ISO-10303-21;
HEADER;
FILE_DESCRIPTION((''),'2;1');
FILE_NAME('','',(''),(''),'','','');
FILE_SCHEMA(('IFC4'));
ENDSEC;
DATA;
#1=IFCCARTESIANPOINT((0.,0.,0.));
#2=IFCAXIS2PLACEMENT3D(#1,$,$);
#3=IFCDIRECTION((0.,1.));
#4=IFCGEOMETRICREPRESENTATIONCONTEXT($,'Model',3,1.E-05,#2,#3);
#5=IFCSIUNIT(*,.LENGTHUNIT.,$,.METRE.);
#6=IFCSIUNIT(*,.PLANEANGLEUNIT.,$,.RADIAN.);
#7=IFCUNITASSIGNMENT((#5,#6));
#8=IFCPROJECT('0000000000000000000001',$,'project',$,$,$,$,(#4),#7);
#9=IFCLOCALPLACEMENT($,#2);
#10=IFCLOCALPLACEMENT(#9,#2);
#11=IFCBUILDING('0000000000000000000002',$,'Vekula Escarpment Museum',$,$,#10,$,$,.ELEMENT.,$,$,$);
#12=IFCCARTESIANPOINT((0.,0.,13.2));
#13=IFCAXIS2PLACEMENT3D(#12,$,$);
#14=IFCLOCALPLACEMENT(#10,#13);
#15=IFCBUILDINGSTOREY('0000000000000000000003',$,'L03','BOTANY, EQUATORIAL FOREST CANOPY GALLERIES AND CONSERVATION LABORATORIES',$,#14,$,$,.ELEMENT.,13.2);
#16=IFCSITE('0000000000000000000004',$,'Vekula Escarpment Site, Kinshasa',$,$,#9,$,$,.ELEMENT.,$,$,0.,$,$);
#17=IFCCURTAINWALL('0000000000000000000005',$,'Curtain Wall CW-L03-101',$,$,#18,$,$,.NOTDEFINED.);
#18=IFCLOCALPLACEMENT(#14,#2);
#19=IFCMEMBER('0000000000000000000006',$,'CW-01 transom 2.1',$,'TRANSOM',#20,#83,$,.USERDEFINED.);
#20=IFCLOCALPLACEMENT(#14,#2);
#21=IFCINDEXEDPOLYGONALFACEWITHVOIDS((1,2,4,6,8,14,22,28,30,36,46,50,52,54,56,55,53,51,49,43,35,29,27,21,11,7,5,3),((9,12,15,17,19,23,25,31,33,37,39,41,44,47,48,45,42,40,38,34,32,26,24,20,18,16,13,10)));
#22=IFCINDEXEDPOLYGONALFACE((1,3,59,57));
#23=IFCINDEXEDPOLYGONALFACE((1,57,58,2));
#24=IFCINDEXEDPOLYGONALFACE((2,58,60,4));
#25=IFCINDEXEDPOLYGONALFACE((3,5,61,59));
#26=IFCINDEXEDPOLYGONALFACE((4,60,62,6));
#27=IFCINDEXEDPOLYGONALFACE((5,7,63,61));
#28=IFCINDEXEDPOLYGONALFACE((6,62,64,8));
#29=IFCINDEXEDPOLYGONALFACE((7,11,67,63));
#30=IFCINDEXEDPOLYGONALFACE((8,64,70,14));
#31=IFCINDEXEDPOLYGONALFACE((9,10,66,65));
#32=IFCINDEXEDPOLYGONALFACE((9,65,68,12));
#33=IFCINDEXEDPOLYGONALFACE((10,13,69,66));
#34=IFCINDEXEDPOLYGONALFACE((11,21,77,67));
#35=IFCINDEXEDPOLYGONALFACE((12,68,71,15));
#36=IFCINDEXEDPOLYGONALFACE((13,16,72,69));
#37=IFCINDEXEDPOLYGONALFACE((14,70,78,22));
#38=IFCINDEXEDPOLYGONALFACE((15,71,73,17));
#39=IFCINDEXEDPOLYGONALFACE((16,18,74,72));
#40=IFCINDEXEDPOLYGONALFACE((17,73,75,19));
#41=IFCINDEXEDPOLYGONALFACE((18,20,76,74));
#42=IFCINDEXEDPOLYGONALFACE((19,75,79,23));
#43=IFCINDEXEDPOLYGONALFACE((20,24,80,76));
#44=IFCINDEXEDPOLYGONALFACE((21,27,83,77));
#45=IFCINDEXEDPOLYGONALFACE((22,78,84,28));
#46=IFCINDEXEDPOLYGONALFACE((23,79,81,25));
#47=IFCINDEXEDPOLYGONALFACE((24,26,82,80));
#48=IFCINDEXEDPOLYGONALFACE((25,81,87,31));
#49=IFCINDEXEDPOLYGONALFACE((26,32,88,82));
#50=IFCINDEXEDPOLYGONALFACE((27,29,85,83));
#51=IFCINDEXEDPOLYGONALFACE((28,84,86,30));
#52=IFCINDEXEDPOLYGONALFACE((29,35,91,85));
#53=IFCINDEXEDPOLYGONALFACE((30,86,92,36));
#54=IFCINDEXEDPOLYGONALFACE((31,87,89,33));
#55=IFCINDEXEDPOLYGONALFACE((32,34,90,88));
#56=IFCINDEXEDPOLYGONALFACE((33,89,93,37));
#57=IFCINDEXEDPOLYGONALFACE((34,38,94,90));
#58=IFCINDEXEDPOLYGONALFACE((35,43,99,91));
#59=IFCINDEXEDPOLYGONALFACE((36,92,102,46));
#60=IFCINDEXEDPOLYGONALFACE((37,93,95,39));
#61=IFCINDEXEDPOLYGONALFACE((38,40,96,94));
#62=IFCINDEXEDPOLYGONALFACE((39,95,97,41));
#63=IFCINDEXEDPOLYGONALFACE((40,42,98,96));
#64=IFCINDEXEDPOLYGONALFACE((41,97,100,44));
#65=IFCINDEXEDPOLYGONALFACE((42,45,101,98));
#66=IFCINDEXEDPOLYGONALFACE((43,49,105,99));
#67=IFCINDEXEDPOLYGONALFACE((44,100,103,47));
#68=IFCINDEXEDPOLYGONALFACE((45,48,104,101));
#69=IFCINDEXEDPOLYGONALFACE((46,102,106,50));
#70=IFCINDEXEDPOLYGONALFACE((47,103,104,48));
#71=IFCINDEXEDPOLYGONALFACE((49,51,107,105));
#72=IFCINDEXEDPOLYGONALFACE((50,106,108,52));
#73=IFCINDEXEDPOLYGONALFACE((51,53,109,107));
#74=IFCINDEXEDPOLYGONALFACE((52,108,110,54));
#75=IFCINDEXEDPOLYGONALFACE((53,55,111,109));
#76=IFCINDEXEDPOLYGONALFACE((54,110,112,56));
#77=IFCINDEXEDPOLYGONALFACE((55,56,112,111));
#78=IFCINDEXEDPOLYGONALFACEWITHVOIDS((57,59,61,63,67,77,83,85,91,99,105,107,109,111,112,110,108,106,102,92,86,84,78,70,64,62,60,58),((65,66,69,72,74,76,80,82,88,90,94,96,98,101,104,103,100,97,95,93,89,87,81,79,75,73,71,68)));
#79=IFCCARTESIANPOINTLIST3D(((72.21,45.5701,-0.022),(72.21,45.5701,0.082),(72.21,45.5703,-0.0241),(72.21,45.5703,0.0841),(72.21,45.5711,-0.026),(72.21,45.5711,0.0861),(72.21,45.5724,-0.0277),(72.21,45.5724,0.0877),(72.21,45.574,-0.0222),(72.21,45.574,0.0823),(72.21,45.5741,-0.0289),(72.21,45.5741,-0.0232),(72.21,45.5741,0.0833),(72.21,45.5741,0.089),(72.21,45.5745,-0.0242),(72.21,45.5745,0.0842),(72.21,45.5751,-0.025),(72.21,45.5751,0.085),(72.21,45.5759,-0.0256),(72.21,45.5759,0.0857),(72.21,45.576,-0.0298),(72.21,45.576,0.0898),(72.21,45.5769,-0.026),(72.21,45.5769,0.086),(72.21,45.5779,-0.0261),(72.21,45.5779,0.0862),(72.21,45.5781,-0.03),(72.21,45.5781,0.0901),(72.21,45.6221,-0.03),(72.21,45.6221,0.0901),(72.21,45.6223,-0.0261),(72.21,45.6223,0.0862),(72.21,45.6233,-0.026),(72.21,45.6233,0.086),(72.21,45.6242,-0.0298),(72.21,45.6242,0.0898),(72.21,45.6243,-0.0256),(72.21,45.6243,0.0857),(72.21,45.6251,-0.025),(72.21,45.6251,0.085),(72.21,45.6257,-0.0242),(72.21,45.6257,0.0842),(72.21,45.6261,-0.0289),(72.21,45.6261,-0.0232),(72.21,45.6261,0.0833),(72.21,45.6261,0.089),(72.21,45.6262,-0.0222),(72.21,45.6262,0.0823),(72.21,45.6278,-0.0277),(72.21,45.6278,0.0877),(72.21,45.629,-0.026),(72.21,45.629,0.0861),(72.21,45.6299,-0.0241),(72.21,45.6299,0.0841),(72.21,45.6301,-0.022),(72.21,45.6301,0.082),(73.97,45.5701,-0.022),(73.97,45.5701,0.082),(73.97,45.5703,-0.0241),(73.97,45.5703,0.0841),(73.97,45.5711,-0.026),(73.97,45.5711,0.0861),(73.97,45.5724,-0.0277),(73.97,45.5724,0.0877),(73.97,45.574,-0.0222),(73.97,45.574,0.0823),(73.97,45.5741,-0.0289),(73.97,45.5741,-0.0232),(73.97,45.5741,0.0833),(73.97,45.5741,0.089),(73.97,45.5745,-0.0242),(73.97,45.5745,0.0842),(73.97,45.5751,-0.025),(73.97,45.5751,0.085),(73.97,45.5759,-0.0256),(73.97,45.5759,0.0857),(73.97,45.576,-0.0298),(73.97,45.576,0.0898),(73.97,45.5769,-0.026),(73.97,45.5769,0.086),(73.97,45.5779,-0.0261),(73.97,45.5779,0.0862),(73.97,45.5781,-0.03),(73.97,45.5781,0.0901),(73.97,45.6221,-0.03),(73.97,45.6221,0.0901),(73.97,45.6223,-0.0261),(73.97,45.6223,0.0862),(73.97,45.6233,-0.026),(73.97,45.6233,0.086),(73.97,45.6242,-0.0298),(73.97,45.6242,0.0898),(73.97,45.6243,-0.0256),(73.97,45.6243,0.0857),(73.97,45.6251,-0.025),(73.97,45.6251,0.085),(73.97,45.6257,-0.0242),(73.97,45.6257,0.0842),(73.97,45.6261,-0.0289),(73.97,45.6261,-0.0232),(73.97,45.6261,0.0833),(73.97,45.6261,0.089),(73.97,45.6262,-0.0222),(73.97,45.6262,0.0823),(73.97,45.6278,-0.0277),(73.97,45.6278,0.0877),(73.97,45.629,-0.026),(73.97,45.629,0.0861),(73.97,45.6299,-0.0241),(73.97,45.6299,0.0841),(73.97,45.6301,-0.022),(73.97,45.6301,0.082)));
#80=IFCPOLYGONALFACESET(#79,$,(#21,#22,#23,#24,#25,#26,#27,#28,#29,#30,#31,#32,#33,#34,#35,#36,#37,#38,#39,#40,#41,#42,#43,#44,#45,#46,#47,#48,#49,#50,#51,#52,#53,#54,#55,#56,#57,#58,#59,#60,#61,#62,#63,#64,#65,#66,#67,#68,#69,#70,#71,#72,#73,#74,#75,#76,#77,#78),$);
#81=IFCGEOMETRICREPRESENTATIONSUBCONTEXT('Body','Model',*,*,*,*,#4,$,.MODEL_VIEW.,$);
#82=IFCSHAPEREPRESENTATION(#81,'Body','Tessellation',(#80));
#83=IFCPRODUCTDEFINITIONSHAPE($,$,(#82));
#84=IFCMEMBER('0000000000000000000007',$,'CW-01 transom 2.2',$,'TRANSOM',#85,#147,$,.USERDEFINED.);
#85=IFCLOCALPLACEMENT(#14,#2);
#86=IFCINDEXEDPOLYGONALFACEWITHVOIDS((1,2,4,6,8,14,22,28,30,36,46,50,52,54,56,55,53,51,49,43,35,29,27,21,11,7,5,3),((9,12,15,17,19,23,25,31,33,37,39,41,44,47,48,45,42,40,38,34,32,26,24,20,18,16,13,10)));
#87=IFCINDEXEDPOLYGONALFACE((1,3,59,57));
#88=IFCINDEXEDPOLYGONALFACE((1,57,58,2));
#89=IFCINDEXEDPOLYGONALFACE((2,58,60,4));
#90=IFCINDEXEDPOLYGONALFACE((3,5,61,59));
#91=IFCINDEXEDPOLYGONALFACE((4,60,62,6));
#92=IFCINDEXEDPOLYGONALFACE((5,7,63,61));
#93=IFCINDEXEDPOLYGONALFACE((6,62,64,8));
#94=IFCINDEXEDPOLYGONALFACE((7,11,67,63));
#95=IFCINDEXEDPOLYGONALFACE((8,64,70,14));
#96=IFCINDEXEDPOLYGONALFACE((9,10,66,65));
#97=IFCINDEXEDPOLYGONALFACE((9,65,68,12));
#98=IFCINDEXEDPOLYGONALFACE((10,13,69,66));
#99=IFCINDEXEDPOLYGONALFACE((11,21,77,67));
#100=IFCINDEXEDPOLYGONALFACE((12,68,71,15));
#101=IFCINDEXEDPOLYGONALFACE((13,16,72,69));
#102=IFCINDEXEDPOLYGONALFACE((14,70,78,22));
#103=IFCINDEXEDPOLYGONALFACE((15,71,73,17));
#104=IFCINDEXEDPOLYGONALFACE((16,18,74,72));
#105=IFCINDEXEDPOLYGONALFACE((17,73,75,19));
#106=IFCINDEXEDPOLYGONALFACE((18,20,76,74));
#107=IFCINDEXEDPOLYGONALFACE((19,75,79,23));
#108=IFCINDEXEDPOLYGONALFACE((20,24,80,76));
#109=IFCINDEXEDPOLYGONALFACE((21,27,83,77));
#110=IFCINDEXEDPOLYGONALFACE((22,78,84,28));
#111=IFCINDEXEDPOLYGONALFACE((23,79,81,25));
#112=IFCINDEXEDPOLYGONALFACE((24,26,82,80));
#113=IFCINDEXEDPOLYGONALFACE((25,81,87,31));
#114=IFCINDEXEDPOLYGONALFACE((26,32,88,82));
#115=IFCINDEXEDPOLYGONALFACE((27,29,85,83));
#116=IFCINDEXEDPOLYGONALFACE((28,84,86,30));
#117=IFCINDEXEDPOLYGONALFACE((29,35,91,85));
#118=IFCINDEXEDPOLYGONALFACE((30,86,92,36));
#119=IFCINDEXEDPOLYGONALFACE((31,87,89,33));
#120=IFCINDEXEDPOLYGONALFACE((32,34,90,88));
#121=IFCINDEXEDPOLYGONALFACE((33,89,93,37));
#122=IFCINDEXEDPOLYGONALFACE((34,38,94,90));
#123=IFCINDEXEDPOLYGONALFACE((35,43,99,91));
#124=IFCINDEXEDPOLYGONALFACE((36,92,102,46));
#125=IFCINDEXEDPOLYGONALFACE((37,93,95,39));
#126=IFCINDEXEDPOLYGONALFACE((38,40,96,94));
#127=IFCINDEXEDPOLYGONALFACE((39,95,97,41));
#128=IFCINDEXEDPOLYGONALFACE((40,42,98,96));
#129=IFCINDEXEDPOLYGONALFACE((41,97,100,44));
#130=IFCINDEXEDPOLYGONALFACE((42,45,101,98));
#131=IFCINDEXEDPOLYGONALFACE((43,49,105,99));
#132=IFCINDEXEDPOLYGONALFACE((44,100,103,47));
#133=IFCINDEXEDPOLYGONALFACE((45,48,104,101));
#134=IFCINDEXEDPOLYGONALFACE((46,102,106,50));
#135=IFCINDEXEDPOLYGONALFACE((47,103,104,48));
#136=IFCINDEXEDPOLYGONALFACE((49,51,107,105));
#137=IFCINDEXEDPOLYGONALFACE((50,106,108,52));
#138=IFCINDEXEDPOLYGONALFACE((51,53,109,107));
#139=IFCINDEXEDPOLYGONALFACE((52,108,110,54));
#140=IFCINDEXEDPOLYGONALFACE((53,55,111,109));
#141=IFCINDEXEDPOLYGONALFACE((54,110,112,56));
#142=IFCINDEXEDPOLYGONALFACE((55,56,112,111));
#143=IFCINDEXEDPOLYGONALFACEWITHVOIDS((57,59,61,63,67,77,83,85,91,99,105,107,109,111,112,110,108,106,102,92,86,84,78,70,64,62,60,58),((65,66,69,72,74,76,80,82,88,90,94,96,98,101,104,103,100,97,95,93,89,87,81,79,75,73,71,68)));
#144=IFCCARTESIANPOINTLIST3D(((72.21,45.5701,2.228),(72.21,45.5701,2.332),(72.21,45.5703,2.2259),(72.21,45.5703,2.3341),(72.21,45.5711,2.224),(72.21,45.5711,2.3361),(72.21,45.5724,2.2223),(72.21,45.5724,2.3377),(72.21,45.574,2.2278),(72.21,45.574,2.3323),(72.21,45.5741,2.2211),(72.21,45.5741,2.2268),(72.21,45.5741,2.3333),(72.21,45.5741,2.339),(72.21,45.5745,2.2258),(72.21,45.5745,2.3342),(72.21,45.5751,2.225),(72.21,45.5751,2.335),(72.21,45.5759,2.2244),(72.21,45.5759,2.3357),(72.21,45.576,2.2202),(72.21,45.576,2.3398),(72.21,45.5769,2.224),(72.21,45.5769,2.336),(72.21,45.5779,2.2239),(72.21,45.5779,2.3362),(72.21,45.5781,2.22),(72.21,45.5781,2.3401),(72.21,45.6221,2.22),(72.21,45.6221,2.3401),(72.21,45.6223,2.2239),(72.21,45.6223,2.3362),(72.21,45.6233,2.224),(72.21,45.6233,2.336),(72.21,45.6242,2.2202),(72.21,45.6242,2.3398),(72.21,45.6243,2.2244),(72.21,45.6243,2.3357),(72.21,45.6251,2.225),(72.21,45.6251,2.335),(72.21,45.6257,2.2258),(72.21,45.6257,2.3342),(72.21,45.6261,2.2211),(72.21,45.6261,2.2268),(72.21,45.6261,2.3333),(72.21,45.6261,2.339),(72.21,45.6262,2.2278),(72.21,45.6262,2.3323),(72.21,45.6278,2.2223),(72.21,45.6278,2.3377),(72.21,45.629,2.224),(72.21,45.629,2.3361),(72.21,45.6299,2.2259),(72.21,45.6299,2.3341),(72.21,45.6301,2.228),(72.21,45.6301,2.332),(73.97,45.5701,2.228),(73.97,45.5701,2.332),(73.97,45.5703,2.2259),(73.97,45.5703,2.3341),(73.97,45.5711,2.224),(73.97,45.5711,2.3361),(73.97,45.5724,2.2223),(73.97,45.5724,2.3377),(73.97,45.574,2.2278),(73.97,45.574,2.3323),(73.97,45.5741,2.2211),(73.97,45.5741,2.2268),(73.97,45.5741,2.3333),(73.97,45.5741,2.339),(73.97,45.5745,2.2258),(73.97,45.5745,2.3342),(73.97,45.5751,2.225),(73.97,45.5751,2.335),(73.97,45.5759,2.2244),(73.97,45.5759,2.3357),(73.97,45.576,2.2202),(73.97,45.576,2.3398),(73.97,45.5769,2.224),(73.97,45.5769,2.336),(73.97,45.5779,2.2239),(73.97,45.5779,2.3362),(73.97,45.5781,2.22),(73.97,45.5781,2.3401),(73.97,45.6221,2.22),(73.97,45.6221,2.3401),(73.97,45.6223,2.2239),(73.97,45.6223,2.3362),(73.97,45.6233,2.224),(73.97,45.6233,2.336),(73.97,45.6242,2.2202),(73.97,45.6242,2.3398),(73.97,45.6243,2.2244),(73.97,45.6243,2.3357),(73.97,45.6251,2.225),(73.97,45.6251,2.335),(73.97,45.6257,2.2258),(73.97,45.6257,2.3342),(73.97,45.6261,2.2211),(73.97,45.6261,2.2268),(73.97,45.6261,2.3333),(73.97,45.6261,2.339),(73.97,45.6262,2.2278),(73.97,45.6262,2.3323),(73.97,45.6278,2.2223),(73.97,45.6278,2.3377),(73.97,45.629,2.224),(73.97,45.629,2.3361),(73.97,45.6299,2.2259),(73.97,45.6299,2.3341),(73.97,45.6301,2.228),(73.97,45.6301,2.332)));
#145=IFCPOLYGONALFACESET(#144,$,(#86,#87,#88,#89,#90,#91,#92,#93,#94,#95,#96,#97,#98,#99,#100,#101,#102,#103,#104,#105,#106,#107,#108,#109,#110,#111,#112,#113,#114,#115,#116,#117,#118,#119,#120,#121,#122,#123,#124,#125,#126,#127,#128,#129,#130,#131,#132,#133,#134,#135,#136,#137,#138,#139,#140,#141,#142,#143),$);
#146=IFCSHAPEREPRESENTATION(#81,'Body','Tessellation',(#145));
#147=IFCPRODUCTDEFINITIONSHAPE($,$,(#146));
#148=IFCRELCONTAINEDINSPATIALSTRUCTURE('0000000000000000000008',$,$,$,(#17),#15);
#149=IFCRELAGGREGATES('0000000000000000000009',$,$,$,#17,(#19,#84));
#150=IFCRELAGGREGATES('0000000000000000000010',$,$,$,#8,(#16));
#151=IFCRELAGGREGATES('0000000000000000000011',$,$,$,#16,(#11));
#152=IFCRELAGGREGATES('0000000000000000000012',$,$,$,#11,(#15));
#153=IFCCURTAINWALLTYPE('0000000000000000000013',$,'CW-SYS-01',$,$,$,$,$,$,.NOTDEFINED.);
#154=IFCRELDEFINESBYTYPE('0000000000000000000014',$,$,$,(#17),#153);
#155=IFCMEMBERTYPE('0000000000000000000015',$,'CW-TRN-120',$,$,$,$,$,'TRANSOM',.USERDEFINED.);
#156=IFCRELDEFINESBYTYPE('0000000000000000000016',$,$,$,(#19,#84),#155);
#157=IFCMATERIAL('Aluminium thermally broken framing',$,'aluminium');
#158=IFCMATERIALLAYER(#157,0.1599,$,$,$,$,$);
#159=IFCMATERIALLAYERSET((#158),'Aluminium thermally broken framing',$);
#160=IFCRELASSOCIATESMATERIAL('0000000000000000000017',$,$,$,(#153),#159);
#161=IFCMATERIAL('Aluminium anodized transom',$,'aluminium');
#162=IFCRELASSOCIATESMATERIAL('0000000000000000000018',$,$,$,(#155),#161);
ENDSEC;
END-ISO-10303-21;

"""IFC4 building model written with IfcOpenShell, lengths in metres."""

from ifc_helpers import new_model, si_unit, direction, frame, origin, origin_2d, place, context, subcontext, project, spatial, hollow_rectangle, extrude, material, layer, layer_set, material_profile, profile_set, type_object, element, aggregate, save


model = new_model("IFC4")

# Units and contexts
model_context = context("Model", 3, precision=1e-05, world=origin(), true_north=direction((0.0, 1.0)))
body_context = subcontext(model_context, "Body", "Model", "MODEL_VIEW")
ifc_project = project(units=[si_unit("LENGTHUNIT", "METRE"), si_unit("PLANEANGLEUNIT", "RADIAN")], contexts=[model_context])

# Site, building, storey
site_placement = place(None, origin())
site = spatial("IfcSite", under=ifc_project, at=site_placement, Name="Vekula Escarpment Site, Kinshasa", CompositionType="ELEMENT", RefElevation=0.0)
building_placement = place(site_placement, origin())
building = spatial("IfcBuilding", under=site, at=building_placement, Name="Vekula Escarpment Museum", CompositionType="ELEMENT")
storey_placement = place(building_placement, frame((0.0, 0.0, 13.2)))
storey = spatial("IfcBuildingStorey", under=building, at=storey_placement, Name="L03", Description="BOTANY, EQUATORIAL FOREST CANOPY GALLERIES AND CONSERVATION LABORATORIES", CompositionType="ELEMENT", Elevation=13.2)

# Curtain wall, members
ifc_material_1 = material(Name="Aluminium thermally broken framing", Category="aluminium")
ifc_layer_1 = layer(ifc_material_1, 0.1599)
ifc_layer_set_1 = layer_set([ifc_layer_1], Name="Aluminium thermally broken framing")
curtain_wall_type = type_object("IfcCurtainWallType", Name="CW-SYS-01", PredefinedType="NOTDEFINED", material=ifc_layer_set_1)
curtain_wall_placement = place(storey_placement, origin())
curtain_wall = element("IfcCurtainWall", 1, at=curtain_wall_placement, inside=storey, type_object=curtain_wall_type, Name="Curtain Wall CW-L03-101", PredefinedType="NOTDEFINED")
ifc_material_2 = material(Name="Aluminium anodized transom", Category="aluminium")
ifc_material_profile_1 = material_profile(ifc_material_2, hollow_rectangle(XDim=0.0601, YDim=0.1201, WallThickness=0.0039, InnerFilletRadius=0.0039, OuterFilletRadius=0.0081, at=origin_2d()), Name="ALU 120x60x4")
ifc_profile_set_1 = profile_set([ifc_material_profile_1], Name="Aluminium anodized transom")
member_type_1 = type_object("IfcMemberType", Name="CW-TRN-120", ElementType="TRANSOM", PredefinedType="USERDEFINED", material=ifc_profile_set_1)
member_1_placement = place(storey_placement, frame((72.21, 45.6001, 0.03), z_axis=(1.0, 0.0, 0.0), x_axis=(0.0, 1.0, 0.0)))
member_1 = element("IfcMember", 2, at=member_1_placement, type_object=member_type_1, Name="CW-01 transom 2.1", ObjectType="TRANSOM", PredefinedType="USERDEFINED", context=body_context, shape_type="SweptSolid", body=[
    extrude(hollow_rectangle(XDim=0.0601, YDim=0.1201, WallThickness=0.0039, InnerFilletRadius=0.0039, OuterFilletRadius=0.0081, at=origin_2d()), origin(), (0.0, 0.0, 1.0), 1.76),
])
member_2_placement = place(storey_placement, frame((72.21, 45.6001, 2.28), z_axis=(1.0, 0.0, 0.0), x_axis=(0.0, 1.0, 0.0)))
member_2 = element("IfcMember", 3, at=member_2_placement, type_object=member_type_1, Name="CW-01 transom 2.2", ObjectType="TRANSOM", PredefinedType="USERDEFINED", context=body_context, shape_type="SweptSolid", body=[
    extrude(hollow_rectangle(XDim=0.0601, YDim=0.1201, WallThickness=0.0039, InnerFilletRadius=0.0039, OuterFilletRadius=0.0081, at=origin_2d()), origin(), (0.0, 0.0, 1.0), 1.76),
])

aggregate(curtain_wall, [member_1, member_2])

save(model, "model.ifc")
